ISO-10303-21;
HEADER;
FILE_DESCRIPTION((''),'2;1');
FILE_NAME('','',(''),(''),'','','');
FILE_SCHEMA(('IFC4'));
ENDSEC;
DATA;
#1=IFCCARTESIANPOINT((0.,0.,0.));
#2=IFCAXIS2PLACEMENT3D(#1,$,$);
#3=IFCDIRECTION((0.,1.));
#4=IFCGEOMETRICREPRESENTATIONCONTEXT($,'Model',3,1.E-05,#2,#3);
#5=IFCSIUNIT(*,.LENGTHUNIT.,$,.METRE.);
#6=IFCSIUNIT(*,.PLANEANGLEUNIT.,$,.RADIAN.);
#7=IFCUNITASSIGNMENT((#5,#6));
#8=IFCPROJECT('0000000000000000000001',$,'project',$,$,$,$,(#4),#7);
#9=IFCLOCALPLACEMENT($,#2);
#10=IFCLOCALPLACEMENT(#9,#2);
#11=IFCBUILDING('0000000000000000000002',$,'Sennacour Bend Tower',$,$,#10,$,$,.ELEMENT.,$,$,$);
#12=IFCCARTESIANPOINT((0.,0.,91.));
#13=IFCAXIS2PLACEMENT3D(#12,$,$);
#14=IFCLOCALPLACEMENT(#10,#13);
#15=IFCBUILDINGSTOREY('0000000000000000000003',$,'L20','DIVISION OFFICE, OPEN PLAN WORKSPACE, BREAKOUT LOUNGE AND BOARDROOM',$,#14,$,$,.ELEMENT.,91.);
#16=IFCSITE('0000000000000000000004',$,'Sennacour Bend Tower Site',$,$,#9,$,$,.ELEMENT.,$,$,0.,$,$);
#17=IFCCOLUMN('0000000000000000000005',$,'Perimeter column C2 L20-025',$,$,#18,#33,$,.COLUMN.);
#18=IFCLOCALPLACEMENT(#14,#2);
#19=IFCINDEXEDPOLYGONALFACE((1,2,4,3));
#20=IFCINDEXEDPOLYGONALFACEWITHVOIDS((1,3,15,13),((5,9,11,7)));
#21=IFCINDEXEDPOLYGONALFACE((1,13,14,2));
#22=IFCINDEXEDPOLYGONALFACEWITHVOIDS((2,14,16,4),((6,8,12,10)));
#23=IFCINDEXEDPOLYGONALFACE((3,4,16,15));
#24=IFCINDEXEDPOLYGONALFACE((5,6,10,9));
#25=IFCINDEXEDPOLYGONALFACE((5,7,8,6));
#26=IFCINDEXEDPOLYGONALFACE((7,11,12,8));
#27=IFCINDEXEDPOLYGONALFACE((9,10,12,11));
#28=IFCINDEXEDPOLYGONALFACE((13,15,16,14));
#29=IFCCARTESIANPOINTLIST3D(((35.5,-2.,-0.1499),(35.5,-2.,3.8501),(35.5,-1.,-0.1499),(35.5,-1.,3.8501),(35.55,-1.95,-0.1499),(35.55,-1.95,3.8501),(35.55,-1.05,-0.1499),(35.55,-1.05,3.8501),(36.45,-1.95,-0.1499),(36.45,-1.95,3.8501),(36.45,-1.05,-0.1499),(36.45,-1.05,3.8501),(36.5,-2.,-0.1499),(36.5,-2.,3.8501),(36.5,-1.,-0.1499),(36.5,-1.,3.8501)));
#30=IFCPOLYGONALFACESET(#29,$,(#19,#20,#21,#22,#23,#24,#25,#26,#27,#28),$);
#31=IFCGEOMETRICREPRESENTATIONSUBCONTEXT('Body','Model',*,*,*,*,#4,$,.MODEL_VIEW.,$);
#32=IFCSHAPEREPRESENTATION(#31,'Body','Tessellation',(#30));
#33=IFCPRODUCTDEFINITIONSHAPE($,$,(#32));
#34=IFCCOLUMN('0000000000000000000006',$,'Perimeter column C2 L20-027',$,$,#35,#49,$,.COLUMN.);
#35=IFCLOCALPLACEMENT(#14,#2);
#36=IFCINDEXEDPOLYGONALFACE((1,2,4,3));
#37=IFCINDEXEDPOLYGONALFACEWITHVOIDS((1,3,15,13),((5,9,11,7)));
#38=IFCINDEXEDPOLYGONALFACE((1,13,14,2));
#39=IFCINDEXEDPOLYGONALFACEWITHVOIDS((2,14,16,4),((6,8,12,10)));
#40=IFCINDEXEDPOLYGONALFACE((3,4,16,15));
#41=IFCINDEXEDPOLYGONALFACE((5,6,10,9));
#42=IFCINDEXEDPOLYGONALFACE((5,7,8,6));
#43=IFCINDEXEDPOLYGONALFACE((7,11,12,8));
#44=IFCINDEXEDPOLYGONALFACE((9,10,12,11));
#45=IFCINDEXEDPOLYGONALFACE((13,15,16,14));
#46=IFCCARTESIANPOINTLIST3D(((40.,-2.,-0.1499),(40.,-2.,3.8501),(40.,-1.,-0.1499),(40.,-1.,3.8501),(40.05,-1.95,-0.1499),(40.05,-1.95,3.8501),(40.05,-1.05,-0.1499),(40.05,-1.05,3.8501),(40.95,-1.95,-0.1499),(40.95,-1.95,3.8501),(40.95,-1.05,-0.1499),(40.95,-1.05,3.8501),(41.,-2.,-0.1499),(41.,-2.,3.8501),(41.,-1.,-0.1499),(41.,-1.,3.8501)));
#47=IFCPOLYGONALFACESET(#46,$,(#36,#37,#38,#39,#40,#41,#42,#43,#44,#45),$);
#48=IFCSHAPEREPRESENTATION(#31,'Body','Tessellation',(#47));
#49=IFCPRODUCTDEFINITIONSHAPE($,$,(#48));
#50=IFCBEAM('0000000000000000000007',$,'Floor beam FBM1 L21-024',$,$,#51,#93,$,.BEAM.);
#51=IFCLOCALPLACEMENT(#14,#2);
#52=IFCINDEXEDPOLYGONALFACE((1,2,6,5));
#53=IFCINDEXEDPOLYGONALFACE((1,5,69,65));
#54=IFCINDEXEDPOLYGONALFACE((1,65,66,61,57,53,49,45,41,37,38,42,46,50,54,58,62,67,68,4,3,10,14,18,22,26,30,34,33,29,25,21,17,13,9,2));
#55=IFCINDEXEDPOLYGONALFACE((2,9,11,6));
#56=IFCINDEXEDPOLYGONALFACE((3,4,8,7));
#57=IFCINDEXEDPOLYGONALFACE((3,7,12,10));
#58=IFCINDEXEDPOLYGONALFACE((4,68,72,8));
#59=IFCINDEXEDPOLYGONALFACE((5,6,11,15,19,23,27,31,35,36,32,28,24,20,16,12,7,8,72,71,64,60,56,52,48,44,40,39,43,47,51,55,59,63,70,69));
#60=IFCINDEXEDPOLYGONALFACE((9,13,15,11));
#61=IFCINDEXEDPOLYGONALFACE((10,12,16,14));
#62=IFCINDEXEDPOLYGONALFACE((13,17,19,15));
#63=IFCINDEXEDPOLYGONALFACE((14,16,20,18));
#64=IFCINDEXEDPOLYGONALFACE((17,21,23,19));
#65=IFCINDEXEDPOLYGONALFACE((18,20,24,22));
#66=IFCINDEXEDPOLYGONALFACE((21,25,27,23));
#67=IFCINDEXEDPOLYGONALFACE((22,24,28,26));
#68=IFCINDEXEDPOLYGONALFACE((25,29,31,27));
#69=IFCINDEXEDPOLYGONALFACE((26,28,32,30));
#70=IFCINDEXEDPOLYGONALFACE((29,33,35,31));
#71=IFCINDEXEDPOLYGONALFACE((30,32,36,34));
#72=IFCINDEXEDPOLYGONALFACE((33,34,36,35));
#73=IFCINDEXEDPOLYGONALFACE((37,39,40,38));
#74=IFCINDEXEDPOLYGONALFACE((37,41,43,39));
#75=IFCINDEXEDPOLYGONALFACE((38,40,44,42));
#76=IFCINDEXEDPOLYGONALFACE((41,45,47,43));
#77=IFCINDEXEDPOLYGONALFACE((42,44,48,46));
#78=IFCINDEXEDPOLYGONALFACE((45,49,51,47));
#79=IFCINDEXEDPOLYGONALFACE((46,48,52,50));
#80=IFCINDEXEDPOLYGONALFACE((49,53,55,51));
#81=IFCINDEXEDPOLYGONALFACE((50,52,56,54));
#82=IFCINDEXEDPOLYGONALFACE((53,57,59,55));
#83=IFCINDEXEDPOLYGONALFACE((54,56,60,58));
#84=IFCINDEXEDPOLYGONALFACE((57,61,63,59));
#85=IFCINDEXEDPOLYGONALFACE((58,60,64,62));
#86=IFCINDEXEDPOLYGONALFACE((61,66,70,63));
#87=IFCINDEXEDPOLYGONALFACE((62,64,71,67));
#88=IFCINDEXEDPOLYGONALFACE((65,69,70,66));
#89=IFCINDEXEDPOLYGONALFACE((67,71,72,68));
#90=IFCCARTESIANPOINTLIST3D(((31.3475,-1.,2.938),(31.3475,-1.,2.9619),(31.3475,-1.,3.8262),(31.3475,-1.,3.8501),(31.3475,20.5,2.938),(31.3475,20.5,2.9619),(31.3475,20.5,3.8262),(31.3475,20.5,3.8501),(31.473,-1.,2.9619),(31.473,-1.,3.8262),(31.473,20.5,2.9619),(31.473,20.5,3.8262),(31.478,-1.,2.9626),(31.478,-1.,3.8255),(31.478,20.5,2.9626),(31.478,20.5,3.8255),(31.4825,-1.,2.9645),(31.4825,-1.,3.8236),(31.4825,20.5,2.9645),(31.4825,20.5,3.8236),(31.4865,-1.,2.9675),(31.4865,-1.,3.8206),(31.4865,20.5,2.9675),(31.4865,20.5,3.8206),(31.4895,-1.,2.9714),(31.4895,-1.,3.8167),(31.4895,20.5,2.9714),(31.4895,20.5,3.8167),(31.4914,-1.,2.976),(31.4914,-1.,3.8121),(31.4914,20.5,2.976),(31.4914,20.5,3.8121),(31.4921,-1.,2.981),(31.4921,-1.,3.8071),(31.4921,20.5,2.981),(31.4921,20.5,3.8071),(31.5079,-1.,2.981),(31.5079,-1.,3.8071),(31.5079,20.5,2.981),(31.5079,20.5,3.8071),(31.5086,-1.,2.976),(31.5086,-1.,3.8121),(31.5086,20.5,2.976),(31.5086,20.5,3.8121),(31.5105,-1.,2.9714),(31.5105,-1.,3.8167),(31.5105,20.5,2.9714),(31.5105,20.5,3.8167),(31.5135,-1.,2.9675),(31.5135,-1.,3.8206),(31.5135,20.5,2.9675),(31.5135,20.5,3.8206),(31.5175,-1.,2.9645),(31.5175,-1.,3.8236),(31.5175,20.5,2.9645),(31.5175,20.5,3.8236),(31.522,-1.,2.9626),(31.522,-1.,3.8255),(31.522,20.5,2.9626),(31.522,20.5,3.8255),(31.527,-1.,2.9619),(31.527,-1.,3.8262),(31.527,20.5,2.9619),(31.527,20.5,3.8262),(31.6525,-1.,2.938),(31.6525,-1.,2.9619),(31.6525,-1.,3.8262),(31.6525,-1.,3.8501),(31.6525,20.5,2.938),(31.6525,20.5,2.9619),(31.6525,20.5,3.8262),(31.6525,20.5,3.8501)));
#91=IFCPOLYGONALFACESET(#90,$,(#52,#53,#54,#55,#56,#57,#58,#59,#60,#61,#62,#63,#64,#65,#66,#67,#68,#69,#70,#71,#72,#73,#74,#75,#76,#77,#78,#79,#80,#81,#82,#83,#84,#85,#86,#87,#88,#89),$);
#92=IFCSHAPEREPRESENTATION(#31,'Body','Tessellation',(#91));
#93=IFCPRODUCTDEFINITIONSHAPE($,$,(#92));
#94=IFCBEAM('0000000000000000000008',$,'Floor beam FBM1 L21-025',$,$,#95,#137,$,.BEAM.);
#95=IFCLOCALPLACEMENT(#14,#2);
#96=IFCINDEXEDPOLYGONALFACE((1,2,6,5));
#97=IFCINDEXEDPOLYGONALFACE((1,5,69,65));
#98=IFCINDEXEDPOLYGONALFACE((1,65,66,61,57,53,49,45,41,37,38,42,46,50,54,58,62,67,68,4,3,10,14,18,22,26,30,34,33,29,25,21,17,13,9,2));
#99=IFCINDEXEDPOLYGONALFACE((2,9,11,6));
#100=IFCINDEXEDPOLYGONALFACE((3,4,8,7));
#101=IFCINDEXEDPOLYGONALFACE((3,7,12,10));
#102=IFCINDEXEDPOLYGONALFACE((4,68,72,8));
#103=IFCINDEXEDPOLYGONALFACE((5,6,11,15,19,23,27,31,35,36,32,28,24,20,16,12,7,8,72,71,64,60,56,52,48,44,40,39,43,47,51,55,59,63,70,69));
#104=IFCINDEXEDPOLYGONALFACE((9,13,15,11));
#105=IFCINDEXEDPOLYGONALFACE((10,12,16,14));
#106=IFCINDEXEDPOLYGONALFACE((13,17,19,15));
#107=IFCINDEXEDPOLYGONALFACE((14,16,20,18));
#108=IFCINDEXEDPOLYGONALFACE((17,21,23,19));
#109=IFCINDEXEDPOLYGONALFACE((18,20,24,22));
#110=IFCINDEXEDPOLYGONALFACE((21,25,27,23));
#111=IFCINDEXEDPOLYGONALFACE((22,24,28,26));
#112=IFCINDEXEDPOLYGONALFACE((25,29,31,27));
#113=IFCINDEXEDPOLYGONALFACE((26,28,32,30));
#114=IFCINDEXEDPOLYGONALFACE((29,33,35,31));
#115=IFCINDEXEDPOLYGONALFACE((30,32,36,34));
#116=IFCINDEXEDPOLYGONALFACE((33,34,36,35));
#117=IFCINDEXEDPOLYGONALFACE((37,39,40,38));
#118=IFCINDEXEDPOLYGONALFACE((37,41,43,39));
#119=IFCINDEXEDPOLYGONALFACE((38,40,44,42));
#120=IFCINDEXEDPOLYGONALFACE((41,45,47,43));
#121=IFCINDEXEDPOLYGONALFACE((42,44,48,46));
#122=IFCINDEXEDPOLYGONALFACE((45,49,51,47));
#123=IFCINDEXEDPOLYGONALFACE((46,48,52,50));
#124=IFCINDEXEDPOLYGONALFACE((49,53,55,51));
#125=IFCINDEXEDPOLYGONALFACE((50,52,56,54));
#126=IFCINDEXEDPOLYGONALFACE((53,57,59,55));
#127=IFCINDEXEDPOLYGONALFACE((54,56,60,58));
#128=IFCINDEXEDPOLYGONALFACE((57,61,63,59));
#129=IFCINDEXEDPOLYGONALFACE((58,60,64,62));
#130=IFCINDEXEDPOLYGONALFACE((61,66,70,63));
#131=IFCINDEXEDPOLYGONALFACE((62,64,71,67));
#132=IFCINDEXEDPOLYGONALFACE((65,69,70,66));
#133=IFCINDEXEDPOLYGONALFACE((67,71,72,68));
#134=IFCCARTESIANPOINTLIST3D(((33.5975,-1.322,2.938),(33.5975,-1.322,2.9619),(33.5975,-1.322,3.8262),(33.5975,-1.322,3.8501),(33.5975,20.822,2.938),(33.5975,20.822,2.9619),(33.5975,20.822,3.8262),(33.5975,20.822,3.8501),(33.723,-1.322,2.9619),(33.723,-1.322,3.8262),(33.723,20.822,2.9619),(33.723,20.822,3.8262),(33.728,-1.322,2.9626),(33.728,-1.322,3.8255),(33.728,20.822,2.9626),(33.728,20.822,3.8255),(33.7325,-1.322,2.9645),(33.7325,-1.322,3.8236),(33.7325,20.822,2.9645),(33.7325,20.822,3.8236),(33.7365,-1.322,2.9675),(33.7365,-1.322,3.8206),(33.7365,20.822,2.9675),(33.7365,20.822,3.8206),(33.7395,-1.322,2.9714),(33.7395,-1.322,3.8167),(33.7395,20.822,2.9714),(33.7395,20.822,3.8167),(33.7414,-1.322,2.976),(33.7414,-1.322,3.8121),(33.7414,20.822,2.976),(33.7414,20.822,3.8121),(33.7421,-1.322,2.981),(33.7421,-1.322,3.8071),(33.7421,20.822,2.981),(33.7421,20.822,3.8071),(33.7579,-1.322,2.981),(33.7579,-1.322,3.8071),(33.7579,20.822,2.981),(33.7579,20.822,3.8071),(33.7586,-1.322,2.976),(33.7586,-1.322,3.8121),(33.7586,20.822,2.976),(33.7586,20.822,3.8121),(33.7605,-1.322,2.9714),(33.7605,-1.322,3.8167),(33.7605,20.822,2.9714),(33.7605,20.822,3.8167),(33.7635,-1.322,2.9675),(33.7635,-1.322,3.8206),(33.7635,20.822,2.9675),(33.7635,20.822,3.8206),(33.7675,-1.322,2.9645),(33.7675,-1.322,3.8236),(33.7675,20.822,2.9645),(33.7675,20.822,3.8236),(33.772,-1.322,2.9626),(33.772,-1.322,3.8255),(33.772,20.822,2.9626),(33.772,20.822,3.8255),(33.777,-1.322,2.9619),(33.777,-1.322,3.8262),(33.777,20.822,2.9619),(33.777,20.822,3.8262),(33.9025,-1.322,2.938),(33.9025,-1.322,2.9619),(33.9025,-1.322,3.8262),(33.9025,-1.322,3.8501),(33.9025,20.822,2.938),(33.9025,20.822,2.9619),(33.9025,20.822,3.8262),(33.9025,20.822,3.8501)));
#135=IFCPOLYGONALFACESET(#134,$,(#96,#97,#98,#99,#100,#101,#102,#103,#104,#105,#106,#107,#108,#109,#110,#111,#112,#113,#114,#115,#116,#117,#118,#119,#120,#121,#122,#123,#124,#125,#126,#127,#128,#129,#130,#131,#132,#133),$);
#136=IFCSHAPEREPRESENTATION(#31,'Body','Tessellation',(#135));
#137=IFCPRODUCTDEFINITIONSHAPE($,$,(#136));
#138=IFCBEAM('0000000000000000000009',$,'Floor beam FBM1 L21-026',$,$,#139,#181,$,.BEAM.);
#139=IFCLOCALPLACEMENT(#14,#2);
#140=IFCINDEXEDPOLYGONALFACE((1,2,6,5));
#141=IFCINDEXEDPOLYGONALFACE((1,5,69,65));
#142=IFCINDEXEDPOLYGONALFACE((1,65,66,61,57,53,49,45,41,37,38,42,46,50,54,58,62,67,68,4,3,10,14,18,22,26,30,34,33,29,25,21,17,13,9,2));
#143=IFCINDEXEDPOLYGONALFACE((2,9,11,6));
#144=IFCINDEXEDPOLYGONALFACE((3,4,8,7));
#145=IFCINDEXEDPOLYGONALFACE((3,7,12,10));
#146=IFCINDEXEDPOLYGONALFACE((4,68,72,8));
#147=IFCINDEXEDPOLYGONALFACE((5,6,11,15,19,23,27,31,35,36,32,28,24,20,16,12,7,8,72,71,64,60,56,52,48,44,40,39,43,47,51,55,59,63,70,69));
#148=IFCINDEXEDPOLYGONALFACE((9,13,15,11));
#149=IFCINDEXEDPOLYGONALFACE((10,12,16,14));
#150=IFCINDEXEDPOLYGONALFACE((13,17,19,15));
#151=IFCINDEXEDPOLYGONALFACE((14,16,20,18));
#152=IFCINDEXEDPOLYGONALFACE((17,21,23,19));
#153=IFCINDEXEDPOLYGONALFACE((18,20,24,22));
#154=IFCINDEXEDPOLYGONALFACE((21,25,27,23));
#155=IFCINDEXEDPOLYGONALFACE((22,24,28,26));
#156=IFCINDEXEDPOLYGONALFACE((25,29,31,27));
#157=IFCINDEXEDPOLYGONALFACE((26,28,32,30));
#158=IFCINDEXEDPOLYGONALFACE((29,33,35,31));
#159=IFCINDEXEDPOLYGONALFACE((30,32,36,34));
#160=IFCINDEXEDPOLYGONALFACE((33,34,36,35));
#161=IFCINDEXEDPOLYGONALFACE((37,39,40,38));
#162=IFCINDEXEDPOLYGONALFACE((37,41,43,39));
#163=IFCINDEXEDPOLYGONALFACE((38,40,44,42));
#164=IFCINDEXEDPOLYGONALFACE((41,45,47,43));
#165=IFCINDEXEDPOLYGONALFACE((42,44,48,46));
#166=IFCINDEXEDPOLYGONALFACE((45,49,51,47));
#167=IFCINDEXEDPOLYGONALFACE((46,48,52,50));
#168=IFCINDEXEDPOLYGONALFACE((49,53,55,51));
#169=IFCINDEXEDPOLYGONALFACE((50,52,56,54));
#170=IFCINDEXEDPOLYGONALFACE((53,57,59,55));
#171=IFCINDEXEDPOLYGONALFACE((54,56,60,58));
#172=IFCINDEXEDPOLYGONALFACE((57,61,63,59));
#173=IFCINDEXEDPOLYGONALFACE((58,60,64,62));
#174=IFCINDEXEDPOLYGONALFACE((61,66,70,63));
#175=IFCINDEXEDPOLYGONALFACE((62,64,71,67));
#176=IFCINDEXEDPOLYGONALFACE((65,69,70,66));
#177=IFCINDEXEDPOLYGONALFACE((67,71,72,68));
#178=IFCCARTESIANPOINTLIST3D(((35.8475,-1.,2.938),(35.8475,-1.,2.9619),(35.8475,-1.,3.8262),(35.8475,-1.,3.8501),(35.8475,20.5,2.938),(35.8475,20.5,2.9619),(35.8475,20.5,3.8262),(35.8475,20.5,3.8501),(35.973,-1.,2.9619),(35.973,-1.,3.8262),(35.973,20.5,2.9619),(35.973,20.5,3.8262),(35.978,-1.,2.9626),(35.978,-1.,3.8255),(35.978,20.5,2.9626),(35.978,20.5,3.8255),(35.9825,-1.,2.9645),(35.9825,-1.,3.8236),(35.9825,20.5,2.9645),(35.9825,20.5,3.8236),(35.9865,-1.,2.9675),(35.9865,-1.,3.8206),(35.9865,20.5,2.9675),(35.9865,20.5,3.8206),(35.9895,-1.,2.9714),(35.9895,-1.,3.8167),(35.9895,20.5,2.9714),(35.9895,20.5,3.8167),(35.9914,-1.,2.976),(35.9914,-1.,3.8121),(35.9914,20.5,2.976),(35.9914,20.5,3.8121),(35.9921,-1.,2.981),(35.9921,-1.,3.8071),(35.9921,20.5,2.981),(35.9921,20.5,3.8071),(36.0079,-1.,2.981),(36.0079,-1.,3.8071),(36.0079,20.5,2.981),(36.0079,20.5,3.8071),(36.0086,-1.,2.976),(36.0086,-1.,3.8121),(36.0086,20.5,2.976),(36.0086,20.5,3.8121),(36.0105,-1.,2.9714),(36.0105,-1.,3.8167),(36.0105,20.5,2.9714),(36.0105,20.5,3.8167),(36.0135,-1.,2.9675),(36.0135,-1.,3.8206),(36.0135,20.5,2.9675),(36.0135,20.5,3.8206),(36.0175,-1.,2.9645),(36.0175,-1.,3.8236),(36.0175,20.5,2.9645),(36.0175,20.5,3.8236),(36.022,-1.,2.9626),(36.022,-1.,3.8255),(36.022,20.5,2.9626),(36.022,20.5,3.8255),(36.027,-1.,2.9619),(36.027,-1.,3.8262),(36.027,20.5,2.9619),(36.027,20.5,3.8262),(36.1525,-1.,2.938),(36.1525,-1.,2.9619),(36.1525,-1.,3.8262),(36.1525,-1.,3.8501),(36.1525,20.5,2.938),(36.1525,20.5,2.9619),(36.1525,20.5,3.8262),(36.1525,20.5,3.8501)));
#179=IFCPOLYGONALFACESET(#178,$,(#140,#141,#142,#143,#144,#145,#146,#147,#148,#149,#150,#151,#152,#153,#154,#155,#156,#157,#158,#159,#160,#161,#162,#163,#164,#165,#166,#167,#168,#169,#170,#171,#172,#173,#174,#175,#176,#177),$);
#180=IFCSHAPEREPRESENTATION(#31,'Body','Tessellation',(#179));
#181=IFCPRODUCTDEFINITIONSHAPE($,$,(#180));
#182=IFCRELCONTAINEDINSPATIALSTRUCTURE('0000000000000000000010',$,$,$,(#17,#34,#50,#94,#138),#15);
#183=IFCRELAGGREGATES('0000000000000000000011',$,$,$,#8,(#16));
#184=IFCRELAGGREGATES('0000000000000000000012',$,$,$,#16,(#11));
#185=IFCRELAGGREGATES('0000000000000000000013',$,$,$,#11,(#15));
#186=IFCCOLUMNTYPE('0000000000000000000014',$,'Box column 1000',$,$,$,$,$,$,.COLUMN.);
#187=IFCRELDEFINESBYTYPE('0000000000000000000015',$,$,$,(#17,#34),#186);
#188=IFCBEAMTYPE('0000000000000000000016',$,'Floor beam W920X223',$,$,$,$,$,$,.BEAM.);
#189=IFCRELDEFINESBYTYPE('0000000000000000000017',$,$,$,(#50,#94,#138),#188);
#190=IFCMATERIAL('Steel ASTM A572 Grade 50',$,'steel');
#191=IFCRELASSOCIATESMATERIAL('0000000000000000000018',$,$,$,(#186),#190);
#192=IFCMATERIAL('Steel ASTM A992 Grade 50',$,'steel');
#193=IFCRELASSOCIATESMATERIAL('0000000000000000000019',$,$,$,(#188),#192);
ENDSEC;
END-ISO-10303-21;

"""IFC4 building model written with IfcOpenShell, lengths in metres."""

from ifc_helpers import new_model, si_unit, direction, frame, origin, origin_2d, place, context, subcontext, project, spatial, hollow_rectangle, i_section, extrude, material, material_profile, profile_set, type_object, element, save


model = new_model("IFC4")

# Units and contexts
model_context = context("Model", 3, precision=1e-05, world=origin(), true_north=direction((0.0, 1.0)))
body_context = subcontext(model_context, "Body", "Model", "MODEL_VIEW")
ifc_project = project(units=[si_unit("LENGTHUNIT", "METRE"), si_unit("PLANEANGLEUNIT", "RADIAN")], contexts=[model_context])

# Site, building, storey
site_placement = place(None, origin())
site = spatial("IfcSite", under=ifc_project, at=site_placement, Name="Sennacour Bend Tower Site", CompositionType="ELEMENT", RefElevation=0.0)
building_placement = place(site_placement, origin())
building = spatial("IfcBuilding", under=site, at=building_placement, Name="Sennacour Bend Tower", CompositionType="ELEMENT")
storey_placement = place(building_placement, frame((0.0, 0.0, 91.0)))
storey = spatial("IfcBuildingStorey", under=building, at=storey_placement, Name="L20", Description="DIVISION OFFICE, OPEN PLAN WORKSPACE, BREAKOUT LOUNGE AND BOARDROOM", CompositionType="ELEMENT", Elevation=91.0)

# Columns
ifc_material_1 = material(Name="Steel ASTM A572 Grade 50", Category="steel")
ifc_material_profile_1 = material_profile(ifc_material_1, hollow_rectangle(XDim=1.0, YDim=1.0, WallThickness=0.05, at=origin_2d()), Name="Steel ASTM A572 Grade 50", Category="steel")
ifc_profile_set_1 = profile_set([ifc_material_profile_1], Name="Steel ASTM A572 Grade 50")
column_type = type_object("IfcColumnType", Name="Box column 1000", PredefinedType="COLUMN", material=ifc_profile_set_1)
for number, where, z_axis, x_axis, name in (
    (1, (36.0, -1.5, -0.1499), (0.0, 0.0, 1.0), (1.0, 0.0, 0.0), "Perimeter column C2 L20-025"),
    (2, (40.5, -1.5, -0.1499), (0.0, 0.0, 1.0), (1.0, 0.0, 0.0), "Perimeter column C2 L20-027"),
):
    element("IfcColumn", number, at=place(storey_placement, frame(where, z_axis=z_axis, x_axis=x_axis)), inside=storey, type_object=column_type, Name=name, PredefinedType="COLUMN", context=body_context, shape_type="SweptSolid", body=[
        extrude(hollow_rectangle(XDim=1.0, YDim=1.0, WallThickness=0.05, at=origin_2d()), origin(), (0.0, 0.0, 1.0), 4.0),
    ])

# Beams
ifc_material_2 = material(Name="Steel ASTM A992 Grade 50", Category="steel")
ifc_material_profile_2 = material_profile(ifc_material_2, i_section(OverallWidth=0.3049, OverallDepth=0.9121, WebThickness=0.0159, FlangeThickness=0.0239, FilletRadius=0.019, at=origin_2d()), Name="Steel ASTM A992 Grade 50", Category="steel")
ifc_profile_set_2 = profile_set([ifc_material_profile_2], Name="Steel ASTM A992 Grade 50")
beam_type_1 = type_object("IfcBeamType", Name="Floor beam W920X223", PredefinedType="BEAM", material=ifc_profile_set_2)
beam_1_placement = place(storey_placement, frame((31.5, -1.0, 3.394), z_axis=(0.0, 1.0, 0.0), x_axis=(-1.0, 0.0, 0.0)))
element("IfcBeam", 3, at=beam_1_placement, inside=storey, type_object=beam_type_1, Name="Floor beam FBM1 L21-024", PredefinedType="BEAM", context=body_context, shape_type="SweptSolid", body=[
    extrude(i_section(OverallWidth=0.3049, OverallDepth=0.9121, WebThickness=0.0159, FlangeThickness=0.0239, FilletRadius=0.019, at=origin_2d()), origin(), (0.0, 0.0, 1.0), 21.5),
])
beam_2_placement = place(storey_placement, frame((33.75, -1.322, 3.394), z_axis=(0.0, 1.0, 0.0), x_axis=(-1.0, 0.0, 0.0)))
element("IfcBeam", 4, at=beam_2_placement, inside=storey, type_object=beam_type_1, Name="Floor beam FBM1 L21-025", PredefinedType="BEAM", context=body_context, shape_type="SweptSolid", body=[
    extrude(i_section(OverallWidth=0.3049, OverallDepth=0.9121, WebThickness=0.0159, FlangeThickness=0.0239, FilletRadius=0.019, at=origin_2d()), origin(), (0.0, 0.0, 1.0), 22.144),
])
beam_3_placement = place(storey_placement, frame((36.0, -1.0, 3.394), z_axis=(0.0, 1.0, 0.0), x_axis=(-1.0, 0.0, 0.0)))
element("IfcBeam", 5, at=beam_3_placement, inside=storey, type_object=beam_type_1, Name="Floor beam FBM1 L21-026", PredefinedType="BEAM", context=body_context, shape_type="SweptSolid", body=[
    extrude(i_section(OverallWidth=0.3049, OverallDepth=0.9121, WebThickness=0.0159, FlangeThickness=0.0239, FilletRadius=0.019, at=origin_2d()), origin(), (0.0, 0.0, 1.0), 21.5),
])

save(model, "model.ifc")
